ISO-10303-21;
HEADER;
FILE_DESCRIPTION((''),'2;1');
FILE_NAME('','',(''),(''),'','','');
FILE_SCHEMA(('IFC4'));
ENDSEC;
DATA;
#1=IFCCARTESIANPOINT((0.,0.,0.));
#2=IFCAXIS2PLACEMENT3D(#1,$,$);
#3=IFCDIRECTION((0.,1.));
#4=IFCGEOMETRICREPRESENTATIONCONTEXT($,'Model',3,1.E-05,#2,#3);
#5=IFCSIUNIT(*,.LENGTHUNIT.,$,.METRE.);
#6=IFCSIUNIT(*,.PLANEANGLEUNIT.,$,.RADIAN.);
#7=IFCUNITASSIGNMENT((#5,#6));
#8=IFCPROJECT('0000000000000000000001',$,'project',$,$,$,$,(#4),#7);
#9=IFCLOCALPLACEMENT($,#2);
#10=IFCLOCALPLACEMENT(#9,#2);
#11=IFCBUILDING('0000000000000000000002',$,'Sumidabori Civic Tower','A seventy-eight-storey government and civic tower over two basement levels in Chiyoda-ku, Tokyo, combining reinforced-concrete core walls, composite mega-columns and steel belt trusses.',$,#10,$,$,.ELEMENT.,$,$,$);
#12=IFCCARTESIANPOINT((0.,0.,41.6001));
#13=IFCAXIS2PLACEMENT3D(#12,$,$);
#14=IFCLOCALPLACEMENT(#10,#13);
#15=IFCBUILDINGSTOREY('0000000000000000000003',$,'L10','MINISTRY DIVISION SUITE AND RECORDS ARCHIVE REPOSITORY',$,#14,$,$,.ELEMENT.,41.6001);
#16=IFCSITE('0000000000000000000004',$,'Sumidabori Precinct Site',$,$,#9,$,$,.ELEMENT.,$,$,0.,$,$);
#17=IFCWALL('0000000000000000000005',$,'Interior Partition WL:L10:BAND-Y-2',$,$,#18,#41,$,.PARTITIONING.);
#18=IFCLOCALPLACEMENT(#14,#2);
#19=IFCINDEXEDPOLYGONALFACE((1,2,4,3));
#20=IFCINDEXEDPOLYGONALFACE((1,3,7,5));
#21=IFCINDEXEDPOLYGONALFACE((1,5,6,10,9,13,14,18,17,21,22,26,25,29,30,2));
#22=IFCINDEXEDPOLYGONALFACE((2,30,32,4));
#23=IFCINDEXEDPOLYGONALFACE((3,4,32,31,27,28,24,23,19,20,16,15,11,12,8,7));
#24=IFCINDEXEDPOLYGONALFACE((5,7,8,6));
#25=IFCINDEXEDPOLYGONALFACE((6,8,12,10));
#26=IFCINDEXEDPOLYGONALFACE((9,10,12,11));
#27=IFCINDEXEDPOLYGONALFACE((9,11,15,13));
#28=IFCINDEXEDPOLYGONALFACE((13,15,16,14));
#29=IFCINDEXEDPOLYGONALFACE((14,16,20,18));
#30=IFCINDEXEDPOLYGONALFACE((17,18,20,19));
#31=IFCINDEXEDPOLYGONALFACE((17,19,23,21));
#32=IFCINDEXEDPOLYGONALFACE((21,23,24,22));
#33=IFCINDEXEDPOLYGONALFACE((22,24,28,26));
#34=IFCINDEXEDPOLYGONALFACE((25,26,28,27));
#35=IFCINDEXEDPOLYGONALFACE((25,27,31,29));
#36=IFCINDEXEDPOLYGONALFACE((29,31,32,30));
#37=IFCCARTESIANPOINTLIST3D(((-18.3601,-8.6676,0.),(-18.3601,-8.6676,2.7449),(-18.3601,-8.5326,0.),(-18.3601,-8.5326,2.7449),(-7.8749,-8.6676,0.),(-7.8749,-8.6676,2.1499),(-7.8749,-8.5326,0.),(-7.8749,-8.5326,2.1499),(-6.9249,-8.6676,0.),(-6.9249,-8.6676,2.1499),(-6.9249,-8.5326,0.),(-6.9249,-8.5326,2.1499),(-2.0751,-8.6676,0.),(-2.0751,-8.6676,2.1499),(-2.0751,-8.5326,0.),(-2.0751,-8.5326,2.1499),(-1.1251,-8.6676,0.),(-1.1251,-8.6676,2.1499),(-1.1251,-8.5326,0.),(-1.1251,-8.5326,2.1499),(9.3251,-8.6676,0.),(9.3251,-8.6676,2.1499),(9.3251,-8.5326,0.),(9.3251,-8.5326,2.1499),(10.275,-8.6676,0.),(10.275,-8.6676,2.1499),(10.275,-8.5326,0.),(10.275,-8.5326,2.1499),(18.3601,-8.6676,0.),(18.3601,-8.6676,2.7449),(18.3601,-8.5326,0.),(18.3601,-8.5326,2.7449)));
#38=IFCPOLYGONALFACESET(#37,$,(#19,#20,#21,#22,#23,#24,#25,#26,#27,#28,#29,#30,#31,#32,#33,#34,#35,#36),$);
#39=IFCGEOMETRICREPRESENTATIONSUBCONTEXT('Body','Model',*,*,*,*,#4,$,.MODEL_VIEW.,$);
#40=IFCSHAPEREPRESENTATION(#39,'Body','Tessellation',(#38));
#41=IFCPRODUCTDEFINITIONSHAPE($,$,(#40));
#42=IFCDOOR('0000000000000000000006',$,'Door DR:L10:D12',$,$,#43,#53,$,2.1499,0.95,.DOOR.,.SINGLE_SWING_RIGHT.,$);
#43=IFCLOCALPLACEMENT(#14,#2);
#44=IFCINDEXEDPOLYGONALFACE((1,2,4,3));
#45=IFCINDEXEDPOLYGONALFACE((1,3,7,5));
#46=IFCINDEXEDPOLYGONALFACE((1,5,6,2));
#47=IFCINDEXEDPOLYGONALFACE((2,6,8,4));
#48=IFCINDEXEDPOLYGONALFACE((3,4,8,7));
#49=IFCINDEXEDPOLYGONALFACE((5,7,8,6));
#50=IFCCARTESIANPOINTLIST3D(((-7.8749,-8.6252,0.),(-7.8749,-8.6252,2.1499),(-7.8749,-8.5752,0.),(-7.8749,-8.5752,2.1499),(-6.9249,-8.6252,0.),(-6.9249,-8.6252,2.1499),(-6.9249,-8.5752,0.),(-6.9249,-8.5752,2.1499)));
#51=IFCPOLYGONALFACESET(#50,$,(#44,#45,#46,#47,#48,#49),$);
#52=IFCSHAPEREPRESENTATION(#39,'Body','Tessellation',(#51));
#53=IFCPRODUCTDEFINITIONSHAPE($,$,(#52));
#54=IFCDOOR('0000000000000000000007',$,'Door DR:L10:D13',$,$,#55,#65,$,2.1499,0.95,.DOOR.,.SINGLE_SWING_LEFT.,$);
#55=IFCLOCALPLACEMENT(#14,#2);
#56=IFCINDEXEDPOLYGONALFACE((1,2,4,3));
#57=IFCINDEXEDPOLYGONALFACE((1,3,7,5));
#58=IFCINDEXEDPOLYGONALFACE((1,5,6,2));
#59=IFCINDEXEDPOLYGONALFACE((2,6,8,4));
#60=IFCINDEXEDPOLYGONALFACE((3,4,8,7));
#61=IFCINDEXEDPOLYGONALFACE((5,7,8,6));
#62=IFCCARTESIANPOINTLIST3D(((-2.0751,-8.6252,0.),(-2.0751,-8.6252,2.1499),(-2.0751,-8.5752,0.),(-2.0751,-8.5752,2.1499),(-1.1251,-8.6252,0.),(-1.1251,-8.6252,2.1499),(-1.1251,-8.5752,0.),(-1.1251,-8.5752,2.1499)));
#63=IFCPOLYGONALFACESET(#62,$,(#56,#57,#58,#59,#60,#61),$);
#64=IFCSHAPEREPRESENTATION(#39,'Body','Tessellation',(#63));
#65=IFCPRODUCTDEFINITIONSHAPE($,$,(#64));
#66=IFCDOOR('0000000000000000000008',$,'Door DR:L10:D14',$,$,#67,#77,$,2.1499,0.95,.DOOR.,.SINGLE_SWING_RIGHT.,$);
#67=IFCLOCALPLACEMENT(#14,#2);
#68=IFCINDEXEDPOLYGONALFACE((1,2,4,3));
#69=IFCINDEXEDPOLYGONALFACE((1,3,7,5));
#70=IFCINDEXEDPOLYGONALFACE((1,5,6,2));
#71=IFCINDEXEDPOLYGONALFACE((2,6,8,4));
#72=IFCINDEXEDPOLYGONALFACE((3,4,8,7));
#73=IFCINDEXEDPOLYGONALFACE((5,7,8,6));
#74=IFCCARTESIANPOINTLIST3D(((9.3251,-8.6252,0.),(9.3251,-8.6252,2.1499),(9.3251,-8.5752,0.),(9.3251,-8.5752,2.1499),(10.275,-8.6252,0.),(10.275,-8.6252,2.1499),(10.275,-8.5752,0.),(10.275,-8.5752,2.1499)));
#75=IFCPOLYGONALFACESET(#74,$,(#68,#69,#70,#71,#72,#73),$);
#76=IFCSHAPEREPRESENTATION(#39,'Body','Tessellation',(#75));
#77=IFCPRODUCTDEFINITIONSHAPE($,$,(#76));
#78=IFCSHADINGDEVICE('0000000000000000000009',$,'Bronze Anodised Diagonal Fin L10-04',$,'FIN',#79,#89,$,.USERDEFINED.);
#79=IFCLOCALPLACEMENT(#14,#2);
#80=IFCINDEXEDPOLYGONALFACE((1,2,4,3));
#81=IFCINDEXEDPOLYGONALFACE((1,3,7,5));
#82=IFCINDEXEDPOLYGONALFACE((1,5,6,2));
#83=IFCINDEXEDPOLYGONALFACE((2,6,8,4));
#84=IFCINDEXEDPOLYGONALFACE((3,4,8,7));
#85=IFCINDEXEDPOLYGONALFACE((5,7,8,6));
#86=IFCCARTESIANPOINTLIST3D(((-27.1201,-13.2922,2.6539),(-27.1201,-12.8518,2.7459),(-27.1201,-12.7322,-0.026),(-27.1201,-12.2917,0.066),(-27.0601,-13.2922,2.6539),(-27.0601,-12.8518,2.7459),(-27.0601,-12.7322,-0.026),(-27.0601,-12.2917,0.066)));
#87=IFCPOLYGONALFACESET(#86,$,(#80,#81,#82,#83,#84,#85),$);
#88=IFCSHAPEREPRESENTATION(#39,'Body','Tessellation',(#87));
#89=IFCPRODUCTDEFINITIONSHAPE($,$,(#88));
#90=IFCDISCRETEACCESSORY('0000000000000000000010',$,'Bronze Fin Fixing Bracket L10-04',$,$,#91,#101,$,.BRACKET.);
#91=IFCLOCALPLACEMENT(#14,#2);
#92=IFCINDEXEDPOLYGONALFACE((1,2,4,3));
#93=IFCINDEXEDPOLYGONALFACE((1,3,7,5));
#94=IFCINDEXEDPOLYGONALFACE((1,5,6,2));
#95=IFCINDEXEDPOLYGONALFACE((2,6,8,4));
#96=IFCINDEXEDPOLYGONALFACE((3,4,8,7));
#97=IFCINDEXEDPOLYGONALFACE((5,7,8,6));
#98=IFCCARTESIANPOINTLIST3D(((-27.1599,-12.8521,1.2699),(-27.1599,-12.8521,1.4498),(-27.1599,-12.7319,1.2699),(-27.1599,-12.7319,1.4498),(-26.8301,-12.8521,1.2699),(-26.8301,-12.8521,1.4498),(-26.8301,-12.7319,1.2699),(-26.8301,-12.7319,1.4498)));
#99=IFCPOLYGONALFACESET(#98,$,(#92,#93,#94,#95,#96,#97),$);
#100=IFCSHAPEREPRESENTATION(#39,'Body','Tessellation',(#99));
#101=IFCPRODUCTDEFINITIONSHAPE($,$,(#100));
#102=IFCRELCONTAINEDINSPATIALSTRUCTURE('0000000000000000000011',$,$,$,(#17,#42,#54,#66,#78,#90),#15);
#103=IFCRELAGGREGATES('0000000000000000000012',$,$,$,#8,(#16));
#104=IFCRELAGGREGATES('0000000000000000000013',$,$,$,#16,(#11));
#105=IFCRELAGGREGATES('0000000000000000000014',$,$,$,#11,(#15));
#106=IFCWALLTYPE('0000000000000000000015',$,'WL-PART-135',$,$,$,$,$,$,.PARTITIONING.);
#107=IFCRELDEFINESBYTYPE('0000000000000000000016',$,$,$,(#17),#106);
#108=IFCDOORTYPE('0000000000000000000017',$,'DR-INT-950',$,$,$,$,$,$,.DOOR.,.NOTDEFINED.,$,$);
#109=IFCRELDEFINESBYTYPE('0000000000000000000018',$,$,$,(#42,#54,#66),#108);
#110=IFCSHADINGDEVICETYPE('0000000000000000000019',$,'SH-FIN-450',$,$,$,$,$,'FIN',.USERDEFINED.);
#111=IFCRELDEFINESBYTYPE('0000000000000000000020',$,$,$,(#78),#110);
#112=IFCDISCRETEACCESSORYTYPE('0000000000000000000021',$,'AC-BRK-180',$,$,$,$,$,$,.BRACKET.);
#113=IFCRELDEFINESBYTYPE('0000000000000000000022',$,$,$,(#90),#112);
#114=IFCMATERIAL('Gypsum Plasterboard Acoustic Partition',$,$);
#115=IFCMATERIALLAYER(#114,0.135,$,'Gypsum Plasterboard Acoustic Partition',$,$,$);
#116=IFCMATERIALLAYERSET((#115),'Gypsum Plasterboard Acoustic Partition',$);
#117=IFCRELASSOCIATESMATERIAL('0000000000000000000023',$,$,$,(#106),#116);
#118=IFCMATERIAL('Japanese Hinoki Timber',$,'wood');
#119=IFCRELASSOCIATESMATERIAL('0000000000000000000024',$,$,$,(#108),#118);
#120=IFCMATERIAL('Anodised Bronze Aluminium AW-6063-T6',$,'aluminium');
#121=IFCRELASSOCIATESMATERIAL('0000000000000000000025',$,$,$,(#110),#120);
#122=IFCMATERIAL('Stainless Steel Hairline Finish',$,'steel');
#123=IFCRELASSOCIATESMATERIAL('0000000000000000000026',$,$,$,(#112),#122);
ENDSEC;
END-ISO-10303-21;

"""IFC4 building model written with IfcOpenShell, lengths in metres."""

from ifc_helpers import new_model, si_unit, direction, frame, frame_2d, origin, origin_2d, place, context, subcontext, project, spatial, rectangle, extrude, source, transform, mapped, material, layer, layer_set, material_profile, profile_set, type_object, element, fill, save


model = new_model("IFC4")

# Units and contexts
model_context = context("Model", 3, precision=1e-05, world=origin(), true_north=direction((0.0, 1.0)))
body_context = subcontext(model_context, "Body", "Model", "MODEL_VIEW")
ifc_project = project(units=[si_unit("LENGTHUNIT", "METRE"), si_unit("PLANEANGLEUNIT", "RADIAN")], contexts=[model_context])

# Site, building, storey
site_placement = place(None, origin())
site = spatial("IfcSite", under=ifc_project, at=site_placement, Name="Sumidabori Precinct Site", CompositionType="ELEMENT", RefElevation=0.0)
building_placement = place(site_placement, origin())
building = spatial("IfcBuilding", under=site, at=building_placement, Name="Sumidabori Civic Tower", Description="A seventy-eight-storey government and civic tower over two basement levels in Chiyoda-ku, Tokyo, combining reinforced-concrete core walls, composite mega-columns and steel belt trusses.", CompositionType="ELEMENT")
storey_placement = place(building_placement, frame((0.0, 0.0, 41.6001)))
storey = spatial("IfcBuildingStorey", under=building, at=storey_placement, Name="L10", Description="MINISTRY DIVISION SUITE AND RECORDS ARCHIVE REPOSITORY", CompositionType="ELEMENT", Elevation=41.6001)

# Shared definitions
ifc_material_1 = material(Name="Anodised Bronze Aluminium AW-6063-T6", Category="aluminium")

# Shared definitions
ifc_material_2 = material(Name="Gypsum Plasterboard Acoustic Partition")
ifc_layer_1 = layer(ifc_material_2, 0.135, Name="Gypsum Plasterboard Acoustic Partition")
ifc_layer_set_1 = layer_set([ifc_layer_1], Name="Gypsum Plasterboard Acoustic Partition")
wall_type = type_object("IfcWallType", Name="WL-PART-135", PredefinedType="PARTITIONING", material=ifc_layer_set_1)

# Wall, openings, doors
shared_shape_1 = source(origin(), body_context, "Body", "SweptSolid", [
    extrude(rectangle(XDim=36.7202, YDim=0.135, at=frame_2d((18.3601, 0.0))), origin(), (0.0, 0.0, 1.0), 2.7449),
])
wall_1_placement = place(storey_placement, frame((-18.3601, -8.6001, 0.0), z_axis=(0.0, 0.0, 1.0), x_axis=(1.0, 0.0, 0.0)))
wall_1 = element("IfcWall", 1, at=wall_1_placement, inside=storey, type_object=wall_type, Name="Interior Partition WL:L10:BAND-Y-2", PredefinedType="PARTITIONING", context=body_context, shape_type="MappedRepresentation", body=[
    mapped(shared_shape_1, transform((0.0, 0.0, 0.0), x_axis=(1.0, 0.0, 0.0), y_axis=(0.0, 1.0, 0.0), z_axis=(0.0, 0.0, 1.0), scale=1.0)),
])
opening_1_placement = place(wall_1_placement, frame((10.4851, 0.0, 0.0)))
opening_1 = element("IfcOpeningElement", 2, at=opening_1_placement, cuts=wall_1, PredefinedType="OPENING", context=body_context, shape_type="SweptSolid", body=[
    extrude(rectangle(XDim=0.95, YDim=2.1499, at=frame_2d((0.4751, 1.075))), frame((0.0, 0.0796, 0.0), z_axis=(0.0, -1.0, 0.0), x_axis=(1.0, 0.0, 0.0)), (0.0, 0.0, 1.0), 0.1589),
])
opening_2_placement = place(wall_1_placement, frame((16.2849, 0.0, 0.0)))
opening_2 = element("IfcOpeningElement", 3, at=opening_2_placement, cuts=wall_1, PredefinedType="OPENING", context=body_context, shape_type="SweptSolid", body=[
    extrude(rectangle(XDim=0.95, YDim=2.1499, at=frame_2d((0.4751, 1.075))), frame((0.0, 0.0796, 0.0), z_axis=(0.0, -1.0, 0.0), x_axis=(1.0, 0.0, 0.0)), (0.0, 0.0, 1.0), 0.1589),
])
opening_3_placement = place(wall_1_placement, frame((27.6851, 0.0, 0.0)))
opening_3 = element("IfcOpeningElement", 4, at=opening_3_placement, cuts=wall_1, PredefinedType="OPENING", context=body_context, shape_type="SweptSolid", body=[
    extrude(rectangle(XDim=0.95, YDim=2.1499, at=frame_2d((0.4751, 1.075))), frame((0.0, 0.0796, 0.0), z_axis=(0.0, -1.0, 0.0), x_axis=(1.0, 0.0, 0.0)), (0.0, 0.0, 1.0), 0.1589),
])
ifc_material_3 = material(Name="Japanese Hinoki Timber", Category="wood")
door_type = type_object("IfcDoorType", Name="DR-INT-950", OperationType="NOTDEFINED", PredefinedType="DOOR", material=ifc_material_3)
shared_shape_2 = source(origin(), body_context, "Body", "SweptSolid", [
    extrude(rectangle(XDim=0.95, YDim=2.1499, at=frame_2d((0.4751, 1.075))), frame((0.0, 0.0249, 0.0), z_axis=(0.0, -1.0, 0.0), x_axis=(1.0, 0.0, 0.0)), (0.0, 0.0, 1.0), 0.05),
])
door_1_placement = place(opening_1_placement, origin())
door_1 = element("IfcDoor", 5, at=door_1_placement, inside=storey, type_object=door_type, Name="Door DR:L10:D12", OperationType="SINGLE_SWING_RIGHT", OverallHeight=2.1499, OverallWidth=0.95, PredefinedType="DOOR", context=body_context, shape_type="MappedRepresentation", body=[
    mapped(shared_shape_2, transform((0.0, 0.0, 0.0), x_axis=(1.0, 0.0, 0.0), y_axis=(0.0, 1.0, 0.0), z_axis=(0.0, 0.0, 1.0), scale=1.0)),
])
fill(opening_1, door_1)
door_2_placement = place(opening_2_placement, origin())
door_2 = element("IfcDoor", 6, at=door_2_placement, inside=storey, type_object=door_type, Name="Door DR:L10:D13", OperationType="SINGLE_SWING_LEFT", OverallHeight=2.1499, OverallWidth=0.95, PredefinedType="DOOR", context=body_context, shape_type="MappedRepresentation", body=[
    mapped(shared_shape_2, transform((0.0, 0.0, 0.0), x_axis=(1.0, 0.0, 0.0), y_axis=(0.0, 1.0, 0.0), z_axis=(0.0, 0.0, 1.0), scale=1.0)),
])
fill(opening_2, door_2)
door_3_placement = place(opening_3_placement, origin())
door_3 = element("IfcDoor", 7, at=door_3_placement, inside=storey, type_object=door_type, Name="Door DR:L10:D14", OperationType="SINGLE_SWING_RIGHT", OverallHeight=2.1499, OverallWidth=0.95, PredefinedType="DOOR", context=body_context, shape_type="MappedRepresentation", body=[
    mapped(shared_shape_2, transform((0.0, 0.0, 0.0), x_axis=(1.0, 0.0, 0.0), y_axis=(0.0, 1.0, 0.0), z_axis=(0.0, 0.0, 1.0), scale=1.0)),
])
fill(opening_3, door_3)

# Shading device
ifc_material_profile_1 = material_profile(ifc_material_1, rectangle(XDim=0.0601, YDim=0.45, at=origin_2d()), Name="BRONZE FIN 450x60")
ifc_profile_set_1 = profile_set([ifc_material_profile_1], Name="Anodised Bronze Aluminium AW-6063-T6")
shading_device_type = type_object("IfcShadingDeviceType", Name="SH-FIN-450", ElementType="FIN", PredefinedType="USERDEFINED", material=ifc_profile_set_1)
shared_shape_3 = source(origin(), body_context, "Body", "SweptSolid", [
    extrude(rectangle(XDim=0.0601, YDim=0.45, at=origin_2d()), origin(), (0.0, 0.0, 1.0), 2.7378),
])
shading_device_placement = place(storey_placement, frame((-27.0901, -12.512, 0.02), z_axis=(0.0, -0.204563, 0.978853), x_axis=(-1.0, 0.0, 0.0)))
element("IfcShadingDevice", 8, at=shading_device_placement, inside=storey, type_object=shading_device_type, Name="Bronze Anodised Diagonal Fin L10-04", ObjectType="FIN", PredefinedType="USERDEFINED", context=body_context, shape_type="MappedRepresentation", body=[
    mapped(shared_shape_3, transform((0.0, 0.0, 0.0), x_axis=(1.0, 0.0, 0.0), y_axis=(0.0, 1.0, 0.0), z_axis=(0.0, 0.0, 1.0), scale=1.0)),
])

# Discrete accessory
ifc_material_4 = material(Name="Stainless Steel Hairline Finish", Category="steel")
ifc_material_profile_2 = material_profile(ifc_material_4, rectangle(XDim=0.1201, YDim=0.1799, at=origin_2d()), Name="STEEL BRACKET 180x120")
ifc_profile_set_2 = profile_set([ifc_material_profile_2], Name="Stainless Steel Hairline Finish")
discrete_accessory_type = type_object("IfcDiscreteAccessoryType", Name="AC-BRK-180", PredefinedType="BRACKET", material=ifc_profile_set_2)
shared_shape_4 = source(origin(), body_context, "Body", "SweptSolid", [
    extrude(rectangle(XDim=0.1201, YDim=0.1799, at=origin_2d()), origin(), (0.0, 0.0, 1.0), 0.3298),
])
discrete_accessory_placement = place(storey_placement, frame((-26.8301, -12.792, 1.3599), z_axis=(-1.0, 0.0, 0.0), x_axis=(0.0, -1.0, 0.0)))
element("IfcDiscreteAccessory", 9, at=discrete_accessory_placement, inside=storey, type_object=discrete_accessory_type, Name="Bronze Fin Fixing Bracket L10-04", PredefinedType="BRACKET", context=body_context, shape_type="MappedRepresentation", body=[
    mapped(shared_shape_4, transform((0.0, 0.0, 0.0), x_axis=(1.0, 0.0, 0.0), y_axis=(0.0, 1.0, 0.0), z_axis=(0.0, 0.0, 1.0), scale=1.0)),
])

save(model, "model.ifc")
